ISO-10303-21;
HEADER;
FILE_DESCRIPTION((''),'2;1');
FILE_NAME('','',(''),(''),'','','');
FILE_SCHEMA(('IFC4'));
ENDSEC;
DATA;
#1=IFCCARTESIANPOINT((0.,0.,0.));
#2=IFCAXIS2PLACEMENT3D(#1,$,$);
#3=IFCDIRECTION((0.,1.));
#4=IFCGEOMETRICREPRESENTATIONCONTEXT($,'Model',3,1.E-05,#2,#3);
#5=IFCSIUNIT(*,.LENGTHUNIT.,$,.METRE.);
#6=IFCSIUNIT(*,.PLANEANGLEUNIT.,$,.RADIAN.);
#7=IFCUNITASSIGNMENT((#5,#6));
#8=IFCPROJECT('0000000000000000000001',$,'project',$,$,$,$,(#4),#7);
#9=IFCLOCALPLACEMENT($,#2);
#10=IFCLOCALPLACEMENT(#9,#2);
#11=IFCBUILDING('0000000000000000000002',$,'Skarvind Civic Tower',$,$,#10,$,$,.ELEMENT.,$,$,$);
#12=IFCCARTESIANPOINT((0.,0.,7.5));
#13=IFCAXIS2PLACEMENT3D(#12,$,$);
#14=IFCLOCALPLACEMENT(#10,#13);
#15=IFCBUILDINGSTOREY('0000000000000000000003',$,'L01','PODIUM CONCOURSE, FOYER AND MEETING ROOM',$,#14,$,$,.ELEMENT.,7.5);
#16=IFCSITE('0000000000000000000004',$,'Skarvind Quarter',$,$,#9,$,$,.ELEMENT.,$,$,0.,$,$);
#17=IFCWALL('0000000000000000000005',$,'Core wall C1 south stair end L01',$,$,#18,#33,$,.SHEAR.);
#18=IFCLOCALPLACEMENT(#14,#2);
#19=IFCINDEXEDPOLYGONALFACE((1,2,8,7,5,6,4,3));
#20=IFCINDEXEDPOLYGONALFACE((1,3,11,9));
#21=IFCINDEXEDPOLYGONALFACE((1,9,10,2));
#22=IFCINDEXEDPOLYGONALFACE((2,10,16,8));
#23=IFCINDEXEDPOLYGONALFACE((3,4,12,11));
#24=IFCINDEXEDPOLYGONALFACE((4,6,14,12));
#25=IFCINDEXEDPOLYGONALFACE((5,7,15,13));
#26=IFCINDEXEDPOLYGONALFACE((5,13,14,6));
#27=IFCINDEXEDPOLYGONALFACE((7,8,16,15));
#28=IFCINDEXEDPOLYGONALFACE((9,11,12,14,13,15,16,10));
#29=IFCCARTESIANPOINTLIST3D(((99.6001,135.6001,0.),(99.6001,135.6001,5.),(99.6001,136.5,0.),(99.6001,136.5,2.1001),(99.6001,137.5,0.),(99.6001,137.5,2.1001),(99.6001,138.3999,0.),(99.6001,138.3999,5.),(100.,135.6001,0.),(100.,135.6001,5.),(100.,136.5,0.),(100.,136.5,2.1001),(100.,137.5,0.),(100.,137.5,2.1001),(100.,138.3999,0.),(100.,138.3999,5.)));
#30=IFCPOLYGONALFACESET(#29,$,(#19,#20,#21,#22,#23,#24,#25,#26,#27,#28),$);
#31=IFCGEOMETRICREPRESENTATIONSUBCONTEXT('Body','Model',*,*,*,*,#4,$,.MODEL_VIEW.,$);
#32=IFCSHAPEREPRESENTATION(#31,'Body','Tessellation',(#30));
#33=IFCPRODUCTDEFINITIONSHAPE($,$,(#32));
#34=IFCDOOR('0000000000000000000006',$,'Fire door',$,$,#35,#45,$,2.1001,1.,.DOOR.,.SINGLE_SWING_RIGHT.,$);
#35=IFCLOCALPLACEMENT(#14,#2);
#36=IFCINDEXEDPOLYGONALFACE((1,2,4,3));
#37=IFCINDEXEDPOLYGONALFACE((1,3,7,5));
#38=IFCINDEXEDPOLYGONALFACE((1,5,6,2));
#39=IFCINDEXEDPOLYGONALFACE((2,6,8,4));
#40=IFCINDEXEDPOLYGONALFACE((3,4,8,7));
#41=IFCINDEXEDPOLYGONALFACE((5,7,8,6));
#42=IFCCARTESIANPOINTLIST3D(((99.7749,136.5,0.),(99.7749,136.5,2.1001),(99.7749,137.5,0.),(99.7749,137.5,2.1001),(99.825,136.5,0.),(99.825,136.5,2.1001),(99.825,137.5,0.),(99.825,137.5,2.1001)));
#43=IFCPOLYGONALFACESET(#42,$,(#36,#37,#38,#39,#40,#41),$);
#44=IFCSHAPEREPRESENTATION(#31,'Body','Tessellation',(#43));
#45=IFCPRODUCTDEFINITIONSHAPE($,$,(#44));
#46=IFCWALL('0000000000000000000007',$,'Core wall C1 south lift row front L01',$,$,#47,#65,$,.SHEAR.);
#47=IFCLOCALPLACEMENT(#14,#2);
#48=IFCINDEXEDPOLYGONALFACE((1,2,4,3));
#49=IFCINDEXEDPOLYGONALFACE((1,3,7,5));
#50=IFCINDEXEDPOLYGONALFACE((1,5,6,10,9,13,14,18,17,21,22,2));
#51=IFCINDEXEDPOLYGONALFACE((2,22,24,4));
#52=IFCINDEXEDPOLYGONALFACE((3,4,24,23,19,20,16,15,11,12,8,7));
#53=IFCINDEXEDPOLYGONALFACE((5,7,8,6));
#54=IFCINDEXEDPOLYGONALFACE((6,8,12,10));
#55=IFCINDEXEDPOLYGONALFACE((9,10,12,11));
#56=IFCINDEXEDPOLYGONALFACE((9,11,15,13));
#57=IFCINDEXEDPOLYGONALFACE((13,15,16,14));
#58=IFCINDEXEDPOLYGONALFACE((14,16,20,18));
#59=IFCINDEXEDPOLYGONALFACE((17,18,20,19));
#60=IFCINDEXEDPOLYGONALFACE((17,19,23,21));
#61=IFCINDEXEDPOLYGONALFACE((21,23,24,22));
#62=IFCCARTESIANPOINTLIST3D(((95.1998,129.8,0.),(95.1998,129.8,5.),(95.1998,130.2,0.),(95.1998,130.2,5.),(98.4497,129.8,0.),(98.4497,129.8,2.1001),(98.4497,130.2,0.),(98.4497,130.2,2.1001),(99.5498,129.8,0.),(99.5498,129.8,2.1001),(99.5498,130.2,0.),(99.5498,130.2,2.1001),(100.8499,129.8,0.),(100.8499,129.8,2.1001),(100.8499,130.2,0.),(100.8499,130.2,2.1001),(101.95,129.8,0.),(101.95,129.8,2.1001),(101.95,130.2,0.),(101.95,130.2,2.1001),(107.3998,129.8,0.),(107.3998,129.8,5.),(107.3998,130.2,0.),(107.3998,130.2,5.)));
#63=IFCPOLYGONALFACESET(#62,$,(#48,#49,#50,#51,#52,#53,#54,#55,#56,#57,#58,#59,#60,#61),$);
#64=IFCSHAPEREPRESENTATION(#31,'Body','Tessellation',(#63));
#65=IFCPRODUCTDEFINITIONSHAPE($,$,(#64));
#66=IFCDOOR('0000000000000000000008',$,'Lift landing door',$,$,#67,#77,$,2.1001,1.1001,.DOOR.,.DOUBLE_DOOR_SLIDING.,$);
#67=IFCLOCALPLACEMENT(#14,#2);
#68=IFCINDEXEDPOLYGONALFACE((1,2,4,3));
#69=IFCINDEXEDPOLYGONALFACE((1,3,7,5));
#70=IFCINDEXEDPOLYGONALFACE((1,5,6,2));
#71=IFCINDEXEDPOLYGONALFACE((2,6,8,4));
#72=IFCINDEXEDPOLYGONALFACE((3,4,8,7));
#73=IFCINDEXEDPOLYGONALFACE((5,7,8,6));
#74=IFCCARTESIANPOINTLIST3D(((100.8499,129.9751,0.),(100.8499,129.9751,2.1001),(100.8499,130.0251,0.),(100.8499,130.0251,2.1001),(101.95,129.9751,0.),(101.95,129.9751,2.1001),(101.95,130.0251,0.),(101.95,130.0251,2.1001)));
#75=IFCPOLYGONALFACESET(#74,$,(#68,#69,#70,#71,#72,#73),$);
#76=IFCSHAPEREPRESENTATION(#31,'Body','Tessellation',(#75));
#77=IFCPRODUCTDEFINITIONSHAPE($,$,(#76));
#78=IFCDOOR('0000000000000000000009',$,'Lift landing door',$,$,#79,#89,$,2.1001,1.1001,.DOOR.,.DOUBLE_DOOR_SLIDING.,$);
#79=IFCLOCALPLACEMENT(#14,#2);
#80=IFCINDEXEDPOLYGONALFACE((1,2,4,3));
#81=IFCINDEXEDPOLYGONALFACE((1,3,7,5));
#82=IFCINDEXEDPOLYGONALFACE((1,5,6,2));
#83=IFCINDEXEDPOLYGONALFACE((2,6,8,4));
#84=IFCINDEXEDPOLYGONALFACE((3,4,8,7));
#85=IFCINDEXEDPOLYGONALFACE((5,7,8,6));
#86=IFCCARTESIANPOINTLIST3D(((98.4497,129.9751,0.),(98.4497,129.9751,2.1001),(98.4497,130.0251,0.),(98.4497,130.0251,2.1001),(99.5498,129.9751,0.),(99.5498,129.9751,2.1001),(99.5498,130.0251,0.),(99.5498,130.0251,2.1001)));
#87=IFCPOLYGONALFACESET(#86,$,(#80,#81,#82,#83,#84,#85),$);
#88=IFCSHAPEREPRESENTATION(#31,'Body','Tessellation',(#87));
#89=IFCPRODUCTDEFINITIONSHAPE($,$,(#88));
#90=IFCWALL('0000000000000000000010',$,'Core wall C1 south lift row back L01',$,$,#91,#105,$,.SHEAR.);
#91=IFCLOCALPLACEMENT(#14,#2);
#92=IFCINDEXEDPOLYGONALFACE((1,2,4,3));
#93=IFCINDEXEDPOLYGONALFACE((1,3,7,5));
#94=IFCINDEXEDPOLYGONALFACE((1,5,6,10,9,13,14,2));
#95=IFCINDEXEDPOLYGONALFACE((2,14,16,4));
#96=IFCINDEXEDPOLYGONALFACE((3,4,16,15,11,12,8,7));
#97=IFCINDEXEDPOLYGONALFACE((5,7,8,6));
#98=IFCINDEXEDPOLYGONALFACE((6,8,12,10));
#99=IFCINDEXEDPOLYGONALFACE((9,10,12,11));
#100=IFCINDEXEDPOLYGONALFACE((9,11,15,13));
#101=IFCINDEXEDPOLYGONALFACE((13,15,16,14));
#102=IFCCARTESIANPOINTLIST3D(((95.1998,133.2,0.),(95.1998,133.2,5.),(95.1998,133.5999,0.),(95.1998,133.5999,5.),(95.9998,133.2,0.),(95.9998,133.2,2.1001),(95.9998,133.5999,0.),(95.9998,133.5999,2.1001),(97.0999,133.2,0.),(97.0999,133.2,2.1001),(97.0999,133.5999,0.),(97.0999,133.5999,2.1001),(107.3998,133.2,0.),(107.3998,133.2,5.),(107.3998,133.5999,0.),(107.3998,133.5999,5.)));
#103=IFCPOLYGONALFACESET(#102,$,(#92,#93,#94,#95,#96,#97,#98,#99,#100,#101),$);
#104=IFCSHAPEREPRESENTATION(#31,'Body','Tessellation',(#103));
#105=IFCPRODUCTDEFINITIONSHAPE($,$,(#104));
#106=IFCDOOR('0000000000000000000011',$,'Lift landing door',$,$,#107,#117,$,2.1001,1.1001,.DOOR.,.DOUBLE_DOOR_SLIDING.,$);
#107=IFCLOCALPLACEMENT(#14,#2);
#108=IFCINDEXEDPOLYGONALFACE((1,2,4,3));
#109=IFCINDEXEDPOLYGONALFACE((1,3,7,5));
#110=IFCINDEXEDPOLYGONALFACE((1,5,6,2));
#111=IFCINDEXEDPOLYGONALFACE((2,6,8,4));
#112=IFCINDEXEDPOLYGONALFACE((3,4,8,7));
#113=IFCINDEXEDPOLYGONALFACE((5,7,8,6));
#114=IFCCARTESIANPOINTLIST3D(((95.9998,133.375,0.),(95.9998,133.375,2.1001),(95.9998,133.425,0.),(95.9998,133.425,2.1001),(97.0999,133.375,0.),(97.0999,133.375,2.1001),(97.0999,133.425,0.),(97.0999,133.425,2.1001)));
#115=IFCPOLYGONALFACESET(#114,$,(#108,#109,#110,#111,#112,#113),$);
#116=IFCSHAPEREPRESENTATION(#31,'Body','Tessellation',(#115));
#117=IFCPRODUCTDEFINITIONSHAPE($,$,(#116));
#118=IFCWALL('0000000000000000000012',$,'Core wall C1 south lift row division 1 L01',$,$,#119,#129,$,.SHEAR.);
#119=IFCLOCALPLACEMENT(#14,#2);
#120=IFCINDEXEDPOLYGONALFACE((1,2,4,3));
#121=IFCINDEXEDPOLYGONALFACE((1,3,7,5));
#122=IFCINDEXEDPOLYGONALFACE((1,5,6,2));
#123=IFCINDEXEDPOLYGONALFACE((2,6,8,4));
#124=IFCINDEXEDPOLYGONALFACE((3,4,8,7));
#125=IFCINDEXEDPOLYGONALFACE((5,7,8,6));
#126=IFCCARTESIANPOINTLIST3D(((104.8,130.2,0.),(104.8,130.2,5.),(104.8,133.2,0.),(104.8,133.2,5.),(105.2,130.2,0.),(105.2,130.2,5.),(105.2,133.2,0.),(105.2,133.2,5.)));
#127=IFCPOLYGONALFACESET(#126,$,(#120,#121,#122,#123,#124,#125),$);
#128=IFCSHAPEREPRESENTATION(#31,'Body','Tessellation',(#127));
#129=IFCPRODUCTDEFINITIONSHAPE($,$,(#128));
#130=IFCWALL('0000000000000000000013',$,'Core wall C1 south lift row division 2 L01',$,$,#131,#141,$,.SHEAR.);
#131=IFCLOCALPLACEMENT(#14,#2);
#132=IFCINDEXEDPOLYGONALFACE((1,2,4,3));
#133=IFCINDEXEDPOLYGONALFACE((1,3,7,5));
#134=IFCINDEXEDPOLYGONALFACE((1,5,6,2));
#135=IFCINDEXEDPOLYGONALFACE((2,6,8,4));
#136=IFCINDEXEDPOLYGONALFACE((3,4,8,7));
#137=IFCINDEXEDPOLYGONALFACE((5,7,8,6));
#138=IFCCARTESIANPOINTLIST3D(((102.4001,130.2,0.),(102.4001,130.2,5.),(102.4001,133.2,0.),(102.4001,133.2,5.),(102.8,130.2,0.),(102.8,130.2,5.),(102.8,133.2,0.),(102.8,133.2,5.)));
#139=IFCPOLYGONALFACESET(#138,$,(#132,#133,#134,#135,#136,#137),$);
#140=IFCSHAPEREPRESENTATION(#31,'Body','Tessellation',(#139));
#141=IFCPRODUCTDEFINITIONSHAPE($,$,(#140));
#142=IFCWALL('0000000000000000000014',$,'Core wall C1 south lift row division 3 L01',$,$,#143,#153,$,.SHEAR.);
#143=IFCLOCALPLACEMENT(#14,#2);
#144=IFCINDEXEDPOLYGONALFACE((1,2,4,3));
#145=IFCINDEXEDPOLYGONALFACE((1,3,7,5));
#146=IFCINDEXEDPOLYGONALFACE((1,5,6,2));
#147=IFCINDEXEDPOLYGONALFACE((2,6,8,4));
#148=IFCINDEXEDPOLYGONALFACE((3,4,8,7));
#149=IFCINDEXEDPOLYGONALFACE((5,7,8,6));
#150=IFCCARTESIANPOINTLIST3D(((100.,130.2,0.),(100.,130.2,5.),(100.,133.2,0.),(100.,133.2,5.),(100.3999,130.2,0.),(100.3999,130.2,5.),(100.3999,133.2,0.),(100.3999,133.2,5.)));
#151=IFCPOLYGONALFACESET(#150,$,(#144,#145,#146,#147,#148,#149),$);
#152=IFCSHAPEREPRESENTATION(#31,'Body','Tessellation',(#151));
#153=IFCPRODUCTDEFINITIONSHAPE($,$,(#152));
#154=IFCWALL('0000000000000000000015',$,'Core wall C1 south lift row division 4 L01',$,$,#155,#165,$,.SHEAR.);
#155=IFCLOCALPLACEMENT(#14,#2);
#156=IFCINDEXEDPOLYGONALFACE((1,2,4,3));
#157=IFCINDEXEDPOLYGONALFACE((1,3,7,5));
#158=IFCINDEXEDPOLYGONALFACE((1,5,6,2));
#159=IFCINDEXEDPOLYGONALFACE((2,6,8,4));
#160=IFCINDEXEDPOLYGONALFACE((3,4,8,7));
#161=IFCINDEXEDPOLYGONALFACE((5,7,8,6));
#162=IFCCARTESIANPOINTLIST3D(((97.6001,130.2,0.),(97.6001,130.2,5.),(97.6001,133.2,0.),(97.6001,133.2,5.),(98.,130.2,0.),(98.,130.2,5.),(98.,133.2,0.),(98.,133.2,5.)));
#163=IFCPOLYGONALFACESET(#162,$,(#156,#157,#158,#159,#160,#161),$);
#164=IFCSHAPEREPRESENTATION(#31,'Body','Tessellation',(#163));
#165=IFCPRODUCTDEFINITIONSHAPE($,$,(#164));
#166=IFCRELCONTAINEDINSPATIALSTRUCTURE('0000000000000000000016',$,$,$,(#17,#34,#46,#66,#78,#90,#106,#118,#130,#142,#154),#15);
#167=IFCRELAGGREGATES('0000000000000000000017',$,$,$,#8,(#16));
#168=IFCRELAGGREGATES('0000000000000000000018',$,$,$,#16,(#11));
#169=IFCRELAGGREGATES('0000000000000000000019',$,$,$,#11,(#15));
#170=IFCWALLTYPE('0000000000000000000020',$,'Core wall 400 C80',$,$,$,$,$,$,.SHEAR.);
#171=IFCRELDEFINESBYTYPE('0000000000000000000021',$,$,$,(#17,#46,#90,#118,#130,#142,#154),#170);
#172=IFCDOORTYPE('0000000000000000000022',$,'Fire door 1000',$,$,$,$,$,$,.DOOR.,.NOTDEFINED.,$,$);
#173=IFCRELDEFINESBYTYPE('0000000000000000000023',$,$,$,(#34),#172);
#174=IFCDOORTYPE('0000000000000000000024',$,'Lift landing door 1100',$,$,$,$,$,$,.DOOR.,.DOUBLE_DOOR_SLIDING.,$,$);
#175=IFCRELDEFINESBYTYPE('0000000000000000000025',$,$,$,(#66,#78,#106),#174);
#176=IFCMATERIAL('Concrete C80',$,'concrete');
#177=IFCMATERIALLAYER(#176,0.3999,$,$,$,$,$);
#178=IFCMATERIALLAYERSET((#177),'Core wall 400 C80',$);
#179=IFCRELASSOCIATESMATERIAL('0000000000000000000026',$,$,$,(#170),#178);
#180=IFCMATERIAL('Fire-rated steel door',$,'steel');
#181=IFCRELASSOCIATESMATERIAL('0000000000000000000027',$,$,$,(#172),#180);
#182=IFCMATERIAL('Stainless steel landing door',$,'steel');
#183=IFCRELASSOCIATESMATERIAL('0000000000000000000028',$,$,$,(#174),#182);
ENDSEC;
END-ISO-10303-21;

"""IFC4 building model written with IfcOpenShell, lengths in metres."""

from ifc_helpers import new_model, si_unit, direction, frame, frame_2d, origin, place, context, subcontext, project, spatial, rectangle, extrude, material, layer, layer_set, type_object, element, fill, save


model = new_model("IFC4")

# Units and contexts
model_context = context("Model", 3, precision=1e-05, world=origin(), true_north=direction((0.0, 1.0)))
body_context = subcontext(model_context, "Body", "Model", "MODEL_VIEW")
ifc_project = project(units=[si_unit("LENGTHUNIT", "METRE"), si_unit("PLANEANGLEUNIT", "RADIAN")], contexts=[model_context])

# Site, building, storey
site_placement = place(None, origin())
site = spatial("IfcSite", under=ifc_project, at=site_placement, Name="Skarvind Quarter", CompositionType="ELEMENT", RefElevation=0.0)
building_placement = place(site_placement, origin())
building = spatial("IfcBuilding", under=site, at=building_placement, Name="Skarvind Civic Tower", CompositionType="ELEMENT")
storey_placement = place(building_placement, frame((0.0, 0.0, 7.5)))
storey = spatial("IfcBuildingStorey", under=building, at=storey_placement, Name="L01", Description="PODIUM CONCOURSE, FOYER AND MEETING ROOM", CompositionType="ELEMENT", Elevation=7.5)

# Wall, opening, door
ifc_material_1 = material(Name="Concrete C80", Category="concrete")
ifc_layer_1 = layer(ifc_material_1, 0.3999)
ifc_layer_set_1 = layer_set([ifc_layer_1], Name="Core wall 400 C80")
wall_type_1 = type_object("IfcWallType", Name="Core wall 400 C80", PredefinedType="SHEAR", material=ifc_layer_set_1)
wall_1_placement = place(storey_placement, frame((99.8, 138.3999, 0.0), z_axis=(0.0, 0.0, 1.0), x_axis=(0.0, -1.0, 0.0)))
wall_1 = element("IfcWall", 1, at=wall_1_placement, inside=storey, type_object=wall_type_1, Name="Core wall C1 south stair end L01", PredefinedType="SHEAR", context=body_context, shape_type="SweptSolid", body=[
    extrude(rectangle(XDim=2.7998, YDim=0.3999, at=frame_2d((1.3999, 0.0))), origin(), (0.0, 0.0, 1.0), 5.0),
])
opening_1_placement = place(wall_1_placement, frame((0.8999, 0.0, 0.0)))
opening_1 = element("IfcOpeningElement", 2, at=opening_1_placement, cuts=wall_1, PredefinedType="OPENING", context=body_context, shape_type="SweptSolid", body=[
    extrude(rectangle(XDim=1.0, YDim=2.1001, at=frame_2d((0.5, 1.05))), frame((0.0, 0.21, 0.0), z_axis=(0.0, -1.0, 0.0), x_axis=(1.0, 0.0, 0.0)), (0.0, 0.0, 1.0), 0.4199),
])
ifc_material_2 = material(Name="Fire-rated steel door", Category="steel")
door_type_1 = type_object("IfcDoorType", Name="Fire door 1000", OperationType="NOTDEFINED", PredefinedType="DOOR", material=ifc_material_2)
door_1_placement = place(opening_1_placement, origin())
door_1 = element("IfcDoor", 3, at=door_1_placement, inside=storey, type_object=door_type_1, Name="Fire door", OperationType="SINGLE_SWING_RIGHT", OverallHeight=2.1001, OverallWidth=1.0, PredefinedType="DOOR", context=body_context, shape_type="SweptSolid", body=[
    extrude(rectangle(XDim=1.0, YDim=2.1001, at=frame_2d((0.5, 1.05))), frame((0.0, 0.0249, 0.0), z_axis=(0.0, -1.0, 0.0), x_axis=(1.0, 0.0, 0.0)), (0.0, 0.0, 1.0), 0.05),
])
fill(opening_1, door_1)

# Wall, openings, doors
wall_2_placement = place(storey_placement, frame((107.3999, 130.0, 0.0), z_axis=(0.0, 0.0, 1.0), x_axis=(-1.0, 0.0, 0.0)))
wall_2 = element("IfcWall", 4, at=wall_2_placement, inside=storey, type_object=wall_type_1, Name="Core wall C1 south lift row front L01", PredefinedType="SHEAR", context=body_context, shape_type="SweptSolid", body=[
    extrude(rectangle(XDim=12.2, YDim=0.3999, at=frame_2d((6.1001, 0.0))), origin(), (0.0, 0.0, 1.0), 5.0),
])
opening_2_placement = place(wall_2_placement, frame((5.45, 0.0, 0.0)))
opening_2 = element("IfcOpeningElement", 5, at=opening_2_placement, cuts=wall_2, PredefinedType="OPENING", context=body_context, shape_type="SweptSolid", body=[
    extrude(rectangle(XDim=1.1001, YDim=2.1001, at=frame_2d((0.55, 1.05))), frame((0.0, 0.21, 0.0), z_axis=(0.0, -1.0, 0.0), x_axis=(1.0, 0.0, 0.0)), (0.0, 0.0, 1.0), 0.4199),
])
opening_3_placement = place(wall_2_placement, frame((7.8501, 0.0, 0.0)))
opening_3 = element("IfcOpeningElement", 6, at=opening_3_placement, cuts=wall_2, PredefinedType="OPENING", context=body_context, shape_type="SweptSolid", body=[
    extrude(rectangle(XDim=1.1001, YDim=2.1001, at=frame_2d((0.55, 1.05))), frame((0.0, 0.21, 0.0), z_axis=(0.0, -1.0, 0.0), x_axis=(1.0, 0.0, 0.0)), (0.0, 0.0, 1.0), 0.4199),
])
ifc_material_3 = material(Name="Stainless steel landing door", Category="steel")
door_type_2 = type_object("IfcDoorType", Name="Lift landing door 1100", OperationType="DOUBLE_DOOR_SLIDING", PredefinedType="DOOR", material=ifc_material_3)
door_2_placement = place(opening_2_placement, origin())
door_2 = element("IfcDoor", 7, at=door_2_placement, inside=storey, type_object=door_type_2, Name="Lift landing door", OperationType="DOUBLE_DOOR_SLIDING", OverallHeight=2.1001, OverallWidth=1.1001, PredefinedType="DOOR", context=body_context, shape_type="SweptSolid", body=[
    extrude(rectangle(XDim=1.1001, YDim=2.1001, at=frame_2d((0.55, 1.05))), frame((0.0, 0.0249, 0.0), z_axis=(0.0, -1.0, 0.0), x_axis=(1.0, 0.0, 0.0)), (0.0, 0.0, 1.0), 0.05),
])
fill(opening_2, door_2)
door_3_placement = place(opening_3_placement, origin())
door_3 = element("IfcDoor", 8, at=door_3_placement, inside=storey, type_object=door_type_2, Name="Lift landing door", OperationType="DOUBLE_DOOR_SLIDING", OverallHeight=2.1001, OverallWidth=1.1001, PredefinedType="DOOR", context=body_context, shape_type="SweptSolid", body=[
    extrude(rectangle(XDim=1.1001, YDim=2.1001, at=frame_2d((0.55, 1.05))), frame((0.0, 0.0249, 0.0), z_axis=(0.0, -1.0, 0.0), x_axis=(1.0, 0.0, 0.0)), (0.0, 0.0, 1.0), 0.05),
])
fill(opening_3, door_3)

# Wall, opening, door
wall_3_placement = place(storey_placement, frame((107.3999, 133.3999, 0.0), z_axis=(0.0, 0.0, 1.0), x_axis=(-1.0, 0.0, 0.0)))
wall_3 = element("IfcWall", 9, at=wall_3_placement, inside=storey, type_object=wall_type_1, Name="Core wall C1 south lift row back L01", PredefinedType="SHEAR", context=body_context, shape_type="SweptSolid", body=[
    extrude(rectangle(XDim=12.2, YDim=0.3999, at=frame_2d((6.1001, 0.0))), origin(), (0.0, 0.0, 1.0), 5.0),
])
opening_4_placement = place(wall_3_placement, frame((10.3, 0.0, 0.0)))
opening_4 = element("IfcOpeningElement", 10, at=opening_4_placement, cuts=wall_3, PredefinedType="OPENING", context=body_context, shape_type="SweptSolid", body=[
    extrude(rectangle(XDim=1.1001, YDim=2.1001, at=frame_2d((0.55, 1.05))), frame((0.0, 0.21, 0.0), z_axis=(0.0, -1.0, 0.0), x_axis=(1.0, 0.0, 0.0)), (0.0, 0.0, 1.0), 0.4199),
])
door_4_placement = place(opening_4_placement, origin())
door_4 = element("IfcDoor", 11, at=door_4_placement, inside=storey, type_object=door_type_2, Name="Lift landing door", OperationType="DOUBLE_DOOR_SLIDING", OverallHeight=2.1001, OverallWidth=1.1001, PredefinedType="DOOR", context=body_context, shape_type="SweptSolid", body=[
    extrude(rectangle(XDim=1.1001, YDim=2.1001, at=frame_2d((0.55, 1.05))), frame((0.0, 0.0249, 0.0), z_axis=(0.0, -1.0, 0.0), x_axis=(1.0, 0.0, 0.0)), (0.0, 0.0, 1.0), 0.05),
])
fill(opening_4, door_4)

# Walls
for number, where, z_axis, x_axis, name in (
    (12, (105.0, 133.2, 0.0), (0.0, 0.0, 1.0), (0.0, -1.0, 0.0), "Core wall C1 south lift row division 1 L01"),
    (13, (102.6001, 133.2, 0.0), (0.0, 0.0, 1.0), (0.0, -1.0, 0.0), "Core wall C1 south lift row division 2 L01"),
    (14, (100.2, 133.2, 0.0), (0.0, 0.0, 1.0), (0.0, -1.0, 0.0), "Core wall C1 south lift row division 3 L01"),
    (15, (97.8, 133.2, 0.0), (0.0, 0.0, 1.0), (0.0, -1.0, 0.0), "Core wall C1 south lift row division 4 L01"),
):
    element("IfcWall", number, at=place(storey_placement, frame(where, z_axis=z_axis, x_axis=x_axis)), inside=storey, type_object=wall_type_1, Name=name, PredefinedType="SHEAR", context=body_context, shape_type="SweptSolid", body=[
        extrude(rectangle(XDim=3.0, YDim=0.3999, at=frame_2d((1.5, 0.0))), origin(), (0.0, 0.0, 1.0), 5.0),
    ])

save(model, "model.ifc")
